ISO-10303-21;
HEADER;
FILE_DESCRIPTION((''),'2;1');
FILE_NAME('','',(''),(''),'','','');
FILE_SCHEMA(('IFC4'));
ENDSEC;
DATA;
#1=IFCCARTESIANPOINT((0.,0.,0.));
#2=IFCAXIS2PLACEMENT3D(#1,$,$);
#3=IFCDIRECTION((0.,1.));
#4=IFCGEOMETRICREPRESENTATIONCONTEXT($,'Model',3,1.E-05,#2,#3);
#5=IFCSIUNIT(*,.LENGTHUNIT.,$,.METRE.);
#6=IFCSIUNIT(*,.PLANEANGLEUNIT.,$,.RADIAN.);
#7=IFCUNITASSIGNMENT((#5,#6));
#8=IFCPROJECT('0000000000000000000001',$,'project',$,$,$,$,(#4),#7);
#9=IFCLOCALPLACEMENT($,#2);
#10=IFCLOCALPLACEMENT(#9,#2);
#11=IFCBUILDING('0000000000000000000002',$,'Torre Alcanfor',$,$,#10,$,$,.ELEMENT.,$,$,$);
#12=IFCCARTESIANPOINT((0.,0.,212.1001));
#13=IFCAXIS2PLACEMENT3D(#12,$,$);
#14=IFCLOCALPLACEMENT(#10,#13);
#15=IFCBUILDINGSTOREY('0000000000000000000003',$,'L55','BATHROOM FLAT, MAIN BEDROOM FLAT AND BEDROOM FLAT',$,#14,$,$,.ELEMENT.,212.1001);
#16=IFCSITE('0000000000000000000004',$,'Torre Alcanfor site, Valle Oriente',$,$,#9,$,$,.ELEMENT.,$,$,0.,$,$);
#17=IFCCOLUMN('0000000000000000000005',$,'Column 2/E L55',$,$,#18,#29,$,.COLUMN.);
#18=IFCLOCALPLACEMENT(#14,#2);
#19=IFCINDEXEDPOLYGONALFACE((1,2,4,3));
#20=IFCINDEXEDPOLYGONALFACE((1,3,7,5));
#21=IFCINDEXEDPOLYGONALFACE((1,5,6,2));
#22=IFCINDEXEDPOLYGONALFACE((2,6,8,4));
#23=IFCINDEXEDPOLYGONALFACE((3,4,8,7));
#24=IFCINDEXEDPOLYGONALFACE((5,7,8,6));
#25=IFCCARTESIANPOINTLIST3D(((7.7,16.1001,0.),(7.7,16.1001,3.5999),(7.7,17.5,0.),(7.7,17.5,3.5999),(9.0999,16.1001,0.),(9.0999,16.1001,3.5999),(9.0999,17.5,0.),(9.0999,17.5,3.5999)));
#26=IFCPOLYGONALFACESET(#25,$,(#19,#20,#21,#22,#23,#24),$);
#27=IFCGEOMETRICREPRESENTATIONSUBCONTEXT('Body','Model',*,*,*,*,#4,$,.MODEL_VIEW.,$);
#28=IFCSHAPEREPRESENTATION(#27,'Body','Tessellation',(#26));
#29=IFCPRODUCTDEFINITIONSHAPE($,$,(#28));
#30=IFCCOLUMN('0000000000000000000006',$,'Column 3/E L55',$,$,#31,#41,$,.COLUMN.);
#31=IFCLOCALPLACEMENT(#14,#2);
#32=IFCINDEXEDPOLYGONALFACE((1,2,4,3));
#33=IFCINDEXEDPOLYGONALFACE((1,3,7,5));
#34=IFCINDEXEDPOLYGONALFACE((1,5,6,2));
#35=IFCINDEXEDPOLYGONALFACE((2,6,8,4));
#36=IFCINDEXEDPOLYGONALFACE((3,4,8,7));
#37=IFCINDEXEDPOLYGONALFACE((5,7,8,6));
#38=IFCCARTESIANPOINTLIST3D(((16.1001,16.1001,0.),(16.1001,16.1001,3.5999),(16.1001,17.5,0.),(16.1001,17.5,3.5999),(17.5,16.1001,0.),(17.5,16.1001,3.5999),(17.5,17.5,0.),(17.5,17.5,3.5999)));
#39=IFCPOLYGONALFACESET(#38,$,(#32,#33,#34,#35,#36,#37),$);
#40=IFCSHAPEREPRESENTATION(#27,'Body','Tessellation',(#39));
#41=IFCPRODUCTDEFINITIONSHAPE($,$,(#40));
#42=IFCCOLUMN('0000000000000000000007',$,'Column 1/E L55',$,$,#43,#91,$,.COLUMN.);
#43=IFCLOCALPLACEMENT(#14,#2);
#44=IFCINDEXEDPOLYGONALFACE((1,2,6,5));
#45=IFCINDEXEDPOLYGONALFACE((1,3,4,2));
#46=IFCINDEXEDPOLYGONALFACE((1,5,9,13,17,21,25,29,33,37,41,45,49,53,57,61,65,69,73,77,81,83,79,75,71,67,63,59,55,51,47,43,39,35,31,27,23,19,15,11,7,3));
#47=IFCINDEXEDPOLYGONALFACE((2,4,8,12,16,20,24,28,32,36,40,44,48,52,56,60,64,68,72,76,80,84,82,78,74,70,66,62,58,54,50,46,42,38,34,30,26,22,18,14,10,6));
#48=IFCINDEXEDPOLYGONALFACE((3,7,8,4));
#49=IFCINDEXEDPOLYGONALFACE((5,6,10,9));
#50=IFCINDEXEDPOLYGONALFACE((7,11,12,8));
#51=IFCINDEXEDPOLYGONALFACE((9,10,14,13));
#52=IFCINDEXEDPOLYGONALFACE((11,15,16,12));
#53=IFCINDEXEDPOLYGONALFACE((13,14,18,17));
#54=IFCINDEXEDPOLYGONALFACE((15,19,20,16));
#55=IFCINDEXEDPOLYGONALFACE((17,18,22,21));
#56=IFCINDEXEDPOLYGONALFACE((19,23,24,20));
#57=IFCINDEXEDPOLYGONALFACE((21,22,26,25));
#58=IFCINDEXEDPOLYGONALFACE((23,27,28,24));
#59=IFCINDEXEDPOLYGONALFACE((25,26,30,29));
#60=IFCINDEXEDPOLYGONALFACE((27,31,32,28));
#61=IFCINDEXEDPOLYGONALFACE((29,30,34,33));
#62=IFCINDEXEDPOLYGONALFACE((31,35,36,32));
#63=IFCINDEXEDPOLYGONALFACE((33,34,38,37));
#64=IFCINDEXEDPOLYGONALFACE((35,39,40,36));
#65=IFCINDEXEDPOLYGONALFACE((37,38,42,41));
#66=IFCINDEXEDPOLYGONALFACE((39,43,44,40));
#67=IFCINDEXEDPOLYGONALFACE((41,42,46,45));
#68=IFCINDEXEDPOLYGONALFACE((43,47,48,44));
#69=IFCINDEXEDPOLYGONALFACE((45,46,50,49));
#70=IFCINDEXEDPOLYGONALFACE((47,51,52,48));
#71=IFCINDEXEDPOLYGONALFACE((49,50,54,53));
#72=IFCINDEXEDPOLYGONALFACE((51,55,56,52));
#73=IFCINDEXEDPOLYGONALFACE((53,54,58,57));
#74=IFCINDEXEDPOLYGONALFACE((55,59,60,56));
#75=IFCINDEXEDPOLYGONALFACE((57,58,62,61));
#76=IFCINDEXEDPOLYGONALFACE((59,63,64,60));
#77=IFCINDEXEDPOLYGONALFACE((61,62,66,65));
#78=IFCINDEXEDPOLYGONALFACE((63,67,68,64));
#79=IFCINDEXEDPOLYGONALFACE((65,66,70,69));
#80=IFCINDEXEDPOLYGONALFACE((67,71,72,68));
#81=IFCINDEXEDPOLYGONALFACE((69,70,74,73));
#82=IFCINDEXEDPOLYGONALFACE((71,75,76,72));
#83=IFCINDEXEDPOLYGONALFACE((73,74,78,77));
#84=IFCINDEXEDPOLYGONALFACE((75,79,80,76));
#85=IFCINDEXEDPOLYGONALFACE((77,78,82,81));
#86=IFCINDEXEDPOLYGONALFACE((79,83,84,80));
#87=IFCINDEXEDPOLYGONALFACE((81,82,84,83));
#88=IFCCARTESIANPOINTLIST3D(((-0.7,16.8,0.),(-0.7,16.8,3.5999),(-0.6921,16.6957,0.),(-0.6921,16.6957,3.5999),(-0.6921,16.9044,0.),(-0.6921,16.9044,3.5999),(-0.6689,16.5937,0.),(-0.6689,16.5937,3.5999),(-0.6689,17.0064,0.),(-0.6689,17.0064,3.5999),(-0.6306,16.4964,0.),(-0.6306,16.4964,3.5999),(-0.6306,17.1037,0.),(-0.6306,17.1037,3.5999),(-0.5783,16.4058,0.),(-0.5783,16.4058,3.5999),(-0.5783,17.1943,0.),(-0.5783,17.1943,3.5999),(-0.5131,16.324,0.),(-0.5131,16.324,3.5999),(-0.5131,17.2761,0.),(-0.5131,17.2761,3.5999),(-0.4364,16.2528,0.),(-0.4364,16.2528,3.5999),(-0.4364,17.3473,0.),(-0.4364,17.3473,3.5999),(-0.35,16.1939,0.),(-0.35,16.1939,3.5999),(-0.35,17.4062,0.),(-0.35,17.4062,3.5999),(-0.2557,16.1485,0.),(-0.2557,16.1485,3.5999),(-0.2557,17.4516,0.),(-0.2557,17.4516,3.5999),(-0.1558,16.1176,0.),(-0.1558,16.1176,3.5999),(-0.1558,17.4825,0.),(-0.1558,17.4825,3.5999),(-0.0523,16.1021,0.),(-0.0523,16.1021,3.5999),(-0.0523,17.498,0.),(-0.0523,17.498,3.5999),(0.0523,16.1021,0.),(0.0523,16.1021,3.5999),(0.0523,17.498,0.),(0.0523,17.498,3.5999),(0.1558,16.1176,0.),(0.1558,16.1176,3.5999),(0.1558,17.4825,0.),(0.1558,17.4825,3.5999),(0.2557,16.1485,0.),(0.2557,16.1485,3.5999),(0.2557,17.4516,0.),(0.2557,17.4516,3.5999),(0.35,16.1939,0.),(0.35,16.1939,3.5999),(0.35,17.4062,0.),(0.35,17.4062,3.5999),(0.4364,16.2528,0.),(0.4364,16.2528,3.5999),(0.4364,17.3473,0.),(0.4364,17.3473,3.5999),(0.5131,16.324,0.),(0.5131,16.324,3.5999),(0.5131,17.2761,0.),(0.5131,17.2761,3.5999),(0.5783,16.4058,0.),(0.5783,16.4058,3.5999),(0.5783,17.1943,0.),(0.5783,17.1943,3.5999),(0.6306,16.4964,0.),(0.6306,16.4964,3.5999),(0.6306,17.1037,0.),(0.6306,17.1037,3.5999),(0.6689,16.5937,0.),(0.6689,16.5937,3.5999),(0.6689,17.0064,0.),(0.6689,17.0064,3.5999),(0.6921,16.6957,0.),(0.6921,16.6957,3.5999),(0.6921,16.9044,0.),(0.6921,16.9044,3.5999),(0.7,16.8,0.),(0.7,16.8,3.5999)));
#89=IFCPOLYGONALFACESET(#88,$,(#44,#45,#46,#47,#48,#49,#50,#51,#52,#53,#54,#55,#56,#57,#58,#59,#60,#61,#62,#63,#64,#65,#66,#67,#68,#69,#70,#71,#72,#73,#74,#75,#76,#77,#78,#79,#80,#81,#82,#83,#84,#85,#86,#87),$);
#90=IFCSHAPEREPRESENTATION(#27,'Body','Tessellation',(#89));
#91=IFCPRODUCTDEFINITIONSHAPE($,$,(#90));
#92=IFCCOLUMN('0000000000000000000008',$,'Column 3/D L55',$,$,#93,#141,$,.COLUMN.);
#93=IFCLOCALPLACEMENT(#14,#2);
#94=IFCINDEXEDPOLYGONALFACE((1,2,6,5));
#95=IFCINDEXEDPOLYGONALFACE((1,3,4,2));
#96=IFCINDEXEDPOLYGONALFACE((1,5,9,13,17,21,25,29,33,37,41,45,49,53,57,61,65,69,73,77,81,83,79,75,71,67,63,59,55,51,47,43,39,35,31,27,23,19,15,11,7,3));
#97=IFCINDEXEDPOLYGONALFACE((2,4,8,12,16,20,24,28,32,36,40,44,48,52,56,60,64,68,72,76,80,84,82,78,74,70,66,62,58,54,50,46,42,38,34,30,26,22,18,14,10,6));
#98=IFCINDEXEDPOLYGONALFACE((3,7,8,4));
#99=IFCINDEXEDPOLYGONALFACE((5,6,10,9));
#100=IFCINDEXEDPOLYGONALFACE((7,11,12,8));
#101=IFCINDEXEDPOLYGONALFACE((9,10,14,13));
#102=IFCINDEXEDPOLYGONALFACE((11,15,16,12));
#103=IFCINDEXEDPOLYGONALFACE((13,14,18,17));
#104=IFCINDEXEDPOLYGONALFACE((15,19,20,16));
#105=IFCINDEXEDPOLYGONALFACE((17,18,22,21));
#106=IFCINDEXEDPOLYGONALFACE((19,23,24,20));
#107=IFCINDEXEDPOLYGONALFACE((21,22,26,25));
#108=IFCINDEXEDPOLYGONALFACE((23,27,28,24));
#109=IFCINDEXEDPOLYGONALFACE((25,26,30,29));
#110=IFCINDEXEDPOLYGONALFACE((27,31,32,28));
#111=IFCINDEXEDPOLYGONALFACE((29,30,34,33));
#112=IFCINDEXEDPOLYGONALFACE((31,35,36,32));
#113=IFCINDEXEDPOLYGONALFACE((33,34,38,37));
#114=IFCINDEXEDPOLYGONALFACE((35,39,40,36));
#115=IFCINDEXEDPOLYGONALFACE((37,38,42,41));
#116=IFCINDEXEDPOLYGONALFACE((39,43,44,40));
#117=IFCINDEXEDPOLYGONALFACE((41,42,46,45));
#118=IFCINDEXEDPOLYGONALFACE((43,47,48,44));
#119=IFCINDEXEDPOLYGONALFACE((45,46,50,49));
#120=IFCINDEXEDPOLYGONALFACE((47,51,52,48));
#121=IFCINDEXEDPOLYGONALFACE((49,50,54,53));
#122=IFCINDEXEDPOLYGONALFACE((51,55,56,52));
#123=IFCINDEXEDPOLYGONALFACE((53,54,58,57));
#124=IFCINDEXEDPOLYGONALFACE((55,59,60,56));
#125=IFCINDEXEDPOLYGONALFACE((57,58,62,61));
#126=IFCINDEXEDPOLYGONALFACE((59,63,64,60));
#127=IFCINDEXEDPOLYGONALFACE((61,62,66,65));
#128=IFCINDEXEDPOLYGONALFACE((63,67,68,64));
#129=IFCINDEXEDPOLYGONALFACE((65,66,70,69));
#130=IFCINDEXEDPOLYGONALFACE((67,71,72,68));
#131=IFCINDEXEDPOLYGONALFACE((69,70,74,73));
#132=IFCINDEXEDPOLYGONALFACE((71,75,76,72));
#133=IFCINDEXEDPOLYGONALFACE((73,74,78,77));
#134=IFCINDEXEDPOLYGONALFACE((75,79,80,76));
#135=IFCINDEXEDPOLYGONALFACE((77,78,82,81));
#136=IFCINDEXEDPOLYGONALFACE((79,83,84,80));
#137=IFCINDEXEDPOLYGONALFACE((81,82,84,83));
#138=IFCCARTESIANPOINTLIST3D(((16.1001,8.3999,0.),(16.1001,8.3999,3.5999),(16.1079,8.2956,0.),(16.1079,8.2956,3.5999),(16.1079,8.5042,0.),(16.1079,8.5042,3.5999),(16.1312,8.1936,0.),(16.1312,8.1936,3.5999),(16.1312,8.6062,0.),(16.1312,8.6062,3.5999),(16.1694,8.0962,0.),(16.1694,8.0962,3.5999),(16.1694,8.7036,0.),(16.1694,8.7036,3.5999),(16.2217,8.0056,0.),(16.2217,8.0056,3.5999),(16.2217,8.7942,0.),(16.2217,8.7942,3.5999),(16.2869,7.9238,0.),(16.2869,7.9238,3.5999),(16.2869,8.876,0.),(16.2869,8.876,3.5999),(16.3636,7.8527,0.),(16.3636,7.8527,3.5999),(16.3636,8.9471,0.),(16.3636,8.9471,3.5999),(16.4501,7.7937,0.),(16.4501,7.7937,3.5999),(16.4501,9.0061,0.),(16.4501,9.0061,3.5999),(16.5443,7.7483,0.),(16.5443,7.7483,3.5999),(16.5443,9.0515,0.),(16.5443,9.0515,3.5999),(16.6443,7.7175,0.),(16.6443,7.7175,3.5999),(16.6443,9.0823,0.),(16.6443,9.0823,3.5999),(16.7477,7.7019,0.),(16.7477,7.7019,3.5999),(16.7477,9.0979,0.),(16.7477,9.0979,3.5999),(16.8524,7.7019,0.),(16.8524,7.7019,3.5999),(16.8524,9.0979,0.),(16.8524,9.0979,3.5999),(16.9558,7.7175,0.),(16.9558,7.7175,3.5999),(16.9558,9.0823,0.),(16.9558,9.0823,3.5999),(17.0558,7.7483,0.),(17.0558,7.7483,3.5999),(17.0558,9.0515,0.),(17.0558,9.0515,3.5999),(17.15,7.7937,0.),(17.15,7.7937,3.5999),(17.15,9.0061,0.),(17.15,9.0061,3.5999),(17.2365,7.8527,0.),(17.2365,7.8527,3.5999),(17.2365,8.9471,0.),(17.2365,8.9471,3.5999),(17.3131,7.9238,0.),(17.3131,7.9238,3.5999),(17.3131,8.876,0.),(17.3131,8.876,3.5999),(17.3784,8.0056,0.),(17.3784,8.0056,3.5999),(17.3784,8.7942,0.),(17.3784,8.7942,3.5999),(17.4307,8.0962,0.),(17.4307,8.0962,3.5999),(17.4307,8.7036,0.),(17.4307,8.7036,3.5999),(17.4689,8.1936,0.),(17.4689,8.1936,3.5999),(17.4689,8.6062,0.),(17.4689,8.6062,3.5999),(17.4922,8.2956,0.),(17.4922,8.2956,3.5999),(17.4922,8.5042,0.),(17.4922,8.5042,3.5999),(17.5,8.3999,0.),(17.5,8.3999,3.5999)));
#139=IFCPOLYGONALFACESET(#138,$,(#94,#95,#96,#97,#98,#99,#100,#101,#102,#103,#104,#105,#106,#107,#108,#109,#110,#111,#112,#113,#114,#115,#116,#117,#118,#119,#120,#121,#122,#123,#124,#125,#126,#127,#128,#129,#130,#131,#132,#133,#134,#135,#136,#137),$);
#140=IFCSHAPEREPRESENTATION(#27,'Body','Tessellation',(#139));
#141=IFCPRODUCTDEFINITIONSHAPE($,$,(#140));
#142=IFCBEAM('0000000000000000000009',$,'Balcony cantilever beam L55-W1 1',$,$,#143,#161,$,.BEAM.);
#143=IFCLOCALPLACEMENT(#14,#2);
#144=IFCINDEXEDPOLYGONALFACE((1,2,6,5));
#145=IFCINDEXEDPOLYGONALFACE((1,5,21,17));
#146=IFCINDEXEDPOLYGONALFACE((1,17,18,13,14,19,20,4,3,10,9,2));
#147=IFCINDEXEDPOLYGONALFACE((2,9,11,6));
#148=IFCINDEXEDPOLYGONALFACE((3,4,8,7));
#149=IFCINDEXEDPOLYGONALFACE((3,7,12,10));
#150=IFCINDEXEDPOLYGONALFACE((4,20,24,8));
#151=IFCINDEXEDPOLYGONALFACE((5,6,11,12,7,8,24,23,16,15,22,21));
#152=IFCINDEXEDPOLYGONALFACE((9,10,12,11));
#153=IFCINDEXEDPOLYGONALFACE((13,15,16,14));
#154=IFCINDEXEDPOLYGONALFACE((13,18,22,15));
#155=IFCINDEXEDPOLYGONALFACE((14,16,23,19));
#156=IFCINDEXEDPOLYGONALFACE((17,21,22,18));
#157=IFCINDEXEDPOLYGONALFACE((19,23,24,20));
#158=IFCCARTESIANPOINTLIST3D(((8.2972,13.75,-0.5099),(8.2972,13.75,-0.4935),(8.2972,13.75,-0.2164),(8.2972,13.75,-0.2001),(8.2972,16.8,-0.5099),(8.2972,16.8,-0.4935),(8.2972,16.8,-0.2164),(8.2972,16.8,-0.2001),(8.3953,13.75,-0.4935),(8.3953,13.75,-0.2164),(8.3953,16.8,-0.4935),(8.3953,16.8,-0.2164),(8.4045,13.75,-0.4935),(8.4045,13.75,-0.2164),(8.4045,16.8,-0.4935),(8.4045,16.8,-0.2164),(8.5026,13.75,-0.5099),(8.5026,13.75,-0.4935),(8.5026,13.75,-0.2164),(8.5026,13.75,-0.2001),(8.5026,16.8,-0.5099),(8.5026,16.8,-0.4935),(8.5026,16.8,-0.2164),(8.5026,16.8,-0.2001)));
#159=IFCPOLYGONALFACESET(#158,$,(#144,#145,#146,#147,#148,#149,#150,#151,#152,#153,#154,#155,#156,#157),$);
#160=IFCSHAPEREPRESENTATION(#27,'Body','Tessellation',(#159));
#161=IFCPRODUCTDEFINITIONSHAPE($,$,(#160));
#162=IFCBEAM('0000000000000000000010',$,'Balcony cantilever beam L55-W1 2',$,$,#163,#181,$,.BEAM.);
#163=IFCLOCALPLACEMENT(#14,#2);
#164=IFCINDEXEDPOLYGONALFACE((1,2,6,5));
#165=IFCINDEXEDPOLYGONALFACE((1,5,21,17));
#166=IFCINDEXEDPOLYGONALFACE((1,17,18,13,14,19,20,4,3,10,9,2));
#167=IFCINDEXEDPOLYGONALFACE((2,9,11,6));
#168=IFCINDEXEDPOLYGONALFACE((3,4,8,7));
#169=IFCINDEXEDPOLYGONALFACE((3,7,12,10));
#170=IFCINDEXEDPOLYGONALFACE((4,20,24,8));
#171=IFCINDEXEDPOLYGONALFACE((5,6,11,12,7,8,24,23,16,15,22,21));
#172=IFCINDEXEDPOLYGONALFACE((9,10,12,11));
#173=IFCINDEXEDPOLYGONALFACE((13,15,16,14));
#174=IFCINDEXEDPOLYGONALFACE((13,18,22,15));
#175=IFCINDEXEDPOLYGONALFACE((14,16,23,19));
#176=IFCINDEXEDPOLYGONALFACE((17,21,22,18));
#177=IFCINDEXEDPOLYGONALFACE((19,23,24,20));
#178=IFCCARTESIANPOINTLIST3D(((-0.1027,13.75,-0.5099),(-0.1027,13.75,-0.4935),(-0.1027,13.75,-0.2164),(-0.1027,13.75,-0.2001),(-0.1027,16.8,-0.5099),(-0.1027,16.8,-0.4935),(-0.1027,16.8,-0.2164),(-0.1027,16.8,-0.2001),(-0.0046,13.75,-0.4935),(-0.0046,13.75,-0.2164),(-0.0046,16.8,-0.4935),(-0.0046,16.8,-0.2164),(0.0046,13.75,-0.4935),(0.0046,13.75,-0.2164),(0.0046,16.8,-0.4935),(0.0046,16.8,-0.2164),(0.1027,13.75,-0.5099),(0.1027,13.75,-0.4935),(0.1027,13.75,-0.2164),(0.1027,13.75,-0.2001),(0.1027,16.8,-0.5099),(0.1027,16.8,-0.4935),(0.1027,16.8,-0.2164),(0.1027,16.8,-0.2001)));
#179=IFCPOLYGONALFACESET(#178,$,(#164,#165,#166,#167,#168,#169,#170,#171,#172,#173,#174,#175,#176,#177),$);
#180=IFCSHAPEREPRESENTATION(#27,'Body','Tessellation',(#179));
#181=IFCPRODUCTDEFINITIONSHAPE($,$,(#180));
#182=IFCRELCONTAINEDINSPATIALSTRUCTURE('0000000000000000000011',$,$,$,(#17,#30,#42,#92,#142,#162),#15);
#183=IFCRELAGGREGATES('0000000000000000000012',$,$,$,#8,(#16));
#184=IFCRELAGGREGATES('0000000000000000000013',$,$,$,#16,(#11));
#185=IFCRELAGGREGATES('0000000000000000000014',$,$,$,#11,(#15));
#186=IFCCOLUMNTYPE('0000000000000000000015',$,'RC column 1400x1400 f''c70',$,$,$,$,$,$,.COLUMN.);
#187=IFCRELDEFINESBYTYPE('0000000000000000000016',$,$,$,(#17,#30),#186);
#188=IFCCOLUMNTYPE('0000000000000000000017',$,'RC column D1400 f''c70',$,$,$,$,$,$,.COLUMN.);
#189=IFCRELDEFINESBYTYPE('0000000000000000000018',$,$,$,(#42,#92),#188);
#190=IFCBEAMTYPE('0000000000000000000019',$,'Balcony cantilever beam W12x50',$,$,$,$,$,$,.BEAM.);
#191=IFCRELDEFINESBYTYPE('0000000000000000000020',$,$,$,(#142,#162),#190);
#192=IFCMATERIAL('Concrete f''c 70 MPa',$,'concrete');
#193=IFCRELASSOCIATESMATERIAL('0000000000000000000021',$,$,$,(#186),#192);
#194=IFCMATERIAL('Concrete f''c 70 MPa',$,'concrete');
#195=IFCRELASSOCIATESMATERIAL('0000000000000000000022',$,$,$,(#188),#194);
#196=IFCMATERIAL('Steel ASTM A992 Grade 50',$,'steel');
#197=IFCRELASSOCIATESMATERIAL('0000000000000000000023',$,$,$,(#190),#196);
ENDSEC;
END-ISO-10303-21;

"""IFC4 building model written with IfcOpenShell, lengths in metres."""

from ifc_helpers import new_model, si_unit, direction, frame, origin, origin_2d, place, context, subcontext, project, spatial, rectangle, circle, i_section, extrude, material, material_profile, profile_set, type_object, element, save


model = new_model("IFC4")

# Units and contexts
model_context = context("Model", 3, precision=1e-05, world=origin(), true_north=direction((0.0, 1.0)))
body_context = subcontext(model_context, "Body", "Model", "MODEL_VIEW")
ifc_project = project(units=[si_unit("LENGTHUNIT", "METRE"), si_unit("PLANEANGLEUNIT", "RADIAN")], contexts=[model_context])

# Site, building, storey
site_placement = place(None, origin())
site = spatial("IfcSite", under=ifc_project, at=site_placement, Name="Torre Alcanfor site, Valle Oriente", CompositionType="ELEMENT", RefElevation=0.0)
building_placement = place(site_placement, origin())
building = spatial("IfcBuilding", under=site, at=building_placement, Name="Torre Alcanfor", CompositionType="ELEMENT")
storey_placement = place(building_placement, frame((0.0, 0.0, 212.1001)))
storey = spatial("IfcBuildingStorey", under=building, at=storey_placement, Name="L55", Description="BATHROOM FLAT, MAIN BEDROOM FLAT AND BEDROOM FLAT", CompositionType="ELEMENT", Elevation=212.1001)

# Columns
ifc_material_1 = material(Name="Concrete f'c 70 MPa", Category="concrete")
ifc_material_profile_1 = material_profile(ifc_material_1, rectangle(XDim=1.3999, YDim=1.3999, at=origin_2d()), Name="1400x1400")
ifc_profile_set_1 = profile_set([ifc_material_profile_1], Name="Concrete f'c 70 MPa")
column_type_1 = type_object("IfcColumnType", Name="RC column 1400x1400 f'c70", PredefinedType="COLUMN", material=ifc_profile_set_1)
for number, where, z_axis, x_axis, name in (
    (1, (8.3999, 16.8, 0.0), (0.0, 0.0, 1.0), (1.0, 0.0, 0.0), "Column 2/E L55"),
    (2, (16.8, 16.8, 0.0), (0.0, 0.0, 1.0), (1.0, 0.0, 0.0), "Column 3/E L55"),
):
    element("IfcColumn", number, at=place(storey_placement, frame(where, z_axis=z_axis, x_axis=x_axis)), inside=storey, type_object=column_type_1, Name=name, PredefinedType="COLUMN", context=body_context, shape_type="SweptSolid", body=[
        extrude(rectangle(XDim=1.3999, YDim=1.3999, at=origin_2d()), origin(), (0.0, 0.0, 1.0), 3.5999),
    ])
ifc_material_2 = material(Name="Concrete f'c 70 MPa", Category="concrete")
ifc_material_profile_2 = material_profile(ifc_material_2, circle(Radius=0.7, at=origin_2d()), Name="D1400")
ifc_profile_set_2 = profile_set([ifc_material_profile_2], Name="Concrete f'c 70 MPa")
column_type_2 = type_object("IfcColumnType", Name="RC column D1400 f'c70", PredefinedType="COLUMN", material=ifc_profile_set_2)
for number, where, z_axis, x_axis, name in (
    (3, (0.0, 16.8, 0.0), (0.0, 0.0, 1.0), (1.0, 0.0, 0.0), "Column 1/E L55"),
    (4, (16.8, 8.3999, 0.0), (0.0, 0.0, 1.0), (1.0, 0.0, 0.0), "Column 3/D L55"),
):
    element("IfcColumn", number, at=place(storey_placement, frame(where, z_axis=z_axis, x_axis=x_axis)), inside=storey, type_object=column_type_2, Name=name, PredefinedType="COLUMN", context=body_context, shape_type="SweptSolid", body=[
        extrude(circle(Radius=0.7, at=origin_2d()), origin(), (0.0, 0.0, 1.0), 3.5999),
    ])

# Beams
ifc_material_3 = material(Name="Steel ASTM A992 Grade 50", Category="steel")
ifc_material_profile_3 = material_profile(ifc_material_3, i_section(OverallWidth=0.2053, OverallDepth=0.3098, WebThickness=0.0093, FlangeThickness=0.0164, at=origin_2d()), Name="W12x50")
ifc_profile_set_3 = profile_set([ifc_material_profile_3], Name="Steel ASTM A992 Grade 50")
beam_type_1 = type_object("IfcBeamType", Name="Balcony cantilever beam W12x50", PredefinedType="BEAM", material=ifc_profile_set_3)
for number, where, z_axis, x_axis, name in (
    (5, (8.3999, 16.8, -0.355), (0.0, -1.0, 0.0), (1.0, 0.0, 0.0), "Balcony cantilever beam L55-W1 1"),
    (6, (0.0, 16.8, -0.355), (0.0, -1.0, 0.0), (1.0, 0.0, 0.0), "Balcony cantilever beam L55-W1 2"),
):
    element("IfcBeam", number, at=place(storey_placement, frame(where, z_axis=z_axis, x_axis=x_axis)), inside=storey, type_object=beam_type_1, Name=name, PredefinedType="BEAM", context=body_context, shape_type="SweptSolid", body=[
        extrude(i_section(OverallWidth=0.2053, OverallDepth=0.3098, WebThickness=0.0093, FlangeThickness=0.0164, at=origin_2d()), origin(), (0.0, 0.0, 1.0), 3.05),
    ])

save(model, "model.ifc")
